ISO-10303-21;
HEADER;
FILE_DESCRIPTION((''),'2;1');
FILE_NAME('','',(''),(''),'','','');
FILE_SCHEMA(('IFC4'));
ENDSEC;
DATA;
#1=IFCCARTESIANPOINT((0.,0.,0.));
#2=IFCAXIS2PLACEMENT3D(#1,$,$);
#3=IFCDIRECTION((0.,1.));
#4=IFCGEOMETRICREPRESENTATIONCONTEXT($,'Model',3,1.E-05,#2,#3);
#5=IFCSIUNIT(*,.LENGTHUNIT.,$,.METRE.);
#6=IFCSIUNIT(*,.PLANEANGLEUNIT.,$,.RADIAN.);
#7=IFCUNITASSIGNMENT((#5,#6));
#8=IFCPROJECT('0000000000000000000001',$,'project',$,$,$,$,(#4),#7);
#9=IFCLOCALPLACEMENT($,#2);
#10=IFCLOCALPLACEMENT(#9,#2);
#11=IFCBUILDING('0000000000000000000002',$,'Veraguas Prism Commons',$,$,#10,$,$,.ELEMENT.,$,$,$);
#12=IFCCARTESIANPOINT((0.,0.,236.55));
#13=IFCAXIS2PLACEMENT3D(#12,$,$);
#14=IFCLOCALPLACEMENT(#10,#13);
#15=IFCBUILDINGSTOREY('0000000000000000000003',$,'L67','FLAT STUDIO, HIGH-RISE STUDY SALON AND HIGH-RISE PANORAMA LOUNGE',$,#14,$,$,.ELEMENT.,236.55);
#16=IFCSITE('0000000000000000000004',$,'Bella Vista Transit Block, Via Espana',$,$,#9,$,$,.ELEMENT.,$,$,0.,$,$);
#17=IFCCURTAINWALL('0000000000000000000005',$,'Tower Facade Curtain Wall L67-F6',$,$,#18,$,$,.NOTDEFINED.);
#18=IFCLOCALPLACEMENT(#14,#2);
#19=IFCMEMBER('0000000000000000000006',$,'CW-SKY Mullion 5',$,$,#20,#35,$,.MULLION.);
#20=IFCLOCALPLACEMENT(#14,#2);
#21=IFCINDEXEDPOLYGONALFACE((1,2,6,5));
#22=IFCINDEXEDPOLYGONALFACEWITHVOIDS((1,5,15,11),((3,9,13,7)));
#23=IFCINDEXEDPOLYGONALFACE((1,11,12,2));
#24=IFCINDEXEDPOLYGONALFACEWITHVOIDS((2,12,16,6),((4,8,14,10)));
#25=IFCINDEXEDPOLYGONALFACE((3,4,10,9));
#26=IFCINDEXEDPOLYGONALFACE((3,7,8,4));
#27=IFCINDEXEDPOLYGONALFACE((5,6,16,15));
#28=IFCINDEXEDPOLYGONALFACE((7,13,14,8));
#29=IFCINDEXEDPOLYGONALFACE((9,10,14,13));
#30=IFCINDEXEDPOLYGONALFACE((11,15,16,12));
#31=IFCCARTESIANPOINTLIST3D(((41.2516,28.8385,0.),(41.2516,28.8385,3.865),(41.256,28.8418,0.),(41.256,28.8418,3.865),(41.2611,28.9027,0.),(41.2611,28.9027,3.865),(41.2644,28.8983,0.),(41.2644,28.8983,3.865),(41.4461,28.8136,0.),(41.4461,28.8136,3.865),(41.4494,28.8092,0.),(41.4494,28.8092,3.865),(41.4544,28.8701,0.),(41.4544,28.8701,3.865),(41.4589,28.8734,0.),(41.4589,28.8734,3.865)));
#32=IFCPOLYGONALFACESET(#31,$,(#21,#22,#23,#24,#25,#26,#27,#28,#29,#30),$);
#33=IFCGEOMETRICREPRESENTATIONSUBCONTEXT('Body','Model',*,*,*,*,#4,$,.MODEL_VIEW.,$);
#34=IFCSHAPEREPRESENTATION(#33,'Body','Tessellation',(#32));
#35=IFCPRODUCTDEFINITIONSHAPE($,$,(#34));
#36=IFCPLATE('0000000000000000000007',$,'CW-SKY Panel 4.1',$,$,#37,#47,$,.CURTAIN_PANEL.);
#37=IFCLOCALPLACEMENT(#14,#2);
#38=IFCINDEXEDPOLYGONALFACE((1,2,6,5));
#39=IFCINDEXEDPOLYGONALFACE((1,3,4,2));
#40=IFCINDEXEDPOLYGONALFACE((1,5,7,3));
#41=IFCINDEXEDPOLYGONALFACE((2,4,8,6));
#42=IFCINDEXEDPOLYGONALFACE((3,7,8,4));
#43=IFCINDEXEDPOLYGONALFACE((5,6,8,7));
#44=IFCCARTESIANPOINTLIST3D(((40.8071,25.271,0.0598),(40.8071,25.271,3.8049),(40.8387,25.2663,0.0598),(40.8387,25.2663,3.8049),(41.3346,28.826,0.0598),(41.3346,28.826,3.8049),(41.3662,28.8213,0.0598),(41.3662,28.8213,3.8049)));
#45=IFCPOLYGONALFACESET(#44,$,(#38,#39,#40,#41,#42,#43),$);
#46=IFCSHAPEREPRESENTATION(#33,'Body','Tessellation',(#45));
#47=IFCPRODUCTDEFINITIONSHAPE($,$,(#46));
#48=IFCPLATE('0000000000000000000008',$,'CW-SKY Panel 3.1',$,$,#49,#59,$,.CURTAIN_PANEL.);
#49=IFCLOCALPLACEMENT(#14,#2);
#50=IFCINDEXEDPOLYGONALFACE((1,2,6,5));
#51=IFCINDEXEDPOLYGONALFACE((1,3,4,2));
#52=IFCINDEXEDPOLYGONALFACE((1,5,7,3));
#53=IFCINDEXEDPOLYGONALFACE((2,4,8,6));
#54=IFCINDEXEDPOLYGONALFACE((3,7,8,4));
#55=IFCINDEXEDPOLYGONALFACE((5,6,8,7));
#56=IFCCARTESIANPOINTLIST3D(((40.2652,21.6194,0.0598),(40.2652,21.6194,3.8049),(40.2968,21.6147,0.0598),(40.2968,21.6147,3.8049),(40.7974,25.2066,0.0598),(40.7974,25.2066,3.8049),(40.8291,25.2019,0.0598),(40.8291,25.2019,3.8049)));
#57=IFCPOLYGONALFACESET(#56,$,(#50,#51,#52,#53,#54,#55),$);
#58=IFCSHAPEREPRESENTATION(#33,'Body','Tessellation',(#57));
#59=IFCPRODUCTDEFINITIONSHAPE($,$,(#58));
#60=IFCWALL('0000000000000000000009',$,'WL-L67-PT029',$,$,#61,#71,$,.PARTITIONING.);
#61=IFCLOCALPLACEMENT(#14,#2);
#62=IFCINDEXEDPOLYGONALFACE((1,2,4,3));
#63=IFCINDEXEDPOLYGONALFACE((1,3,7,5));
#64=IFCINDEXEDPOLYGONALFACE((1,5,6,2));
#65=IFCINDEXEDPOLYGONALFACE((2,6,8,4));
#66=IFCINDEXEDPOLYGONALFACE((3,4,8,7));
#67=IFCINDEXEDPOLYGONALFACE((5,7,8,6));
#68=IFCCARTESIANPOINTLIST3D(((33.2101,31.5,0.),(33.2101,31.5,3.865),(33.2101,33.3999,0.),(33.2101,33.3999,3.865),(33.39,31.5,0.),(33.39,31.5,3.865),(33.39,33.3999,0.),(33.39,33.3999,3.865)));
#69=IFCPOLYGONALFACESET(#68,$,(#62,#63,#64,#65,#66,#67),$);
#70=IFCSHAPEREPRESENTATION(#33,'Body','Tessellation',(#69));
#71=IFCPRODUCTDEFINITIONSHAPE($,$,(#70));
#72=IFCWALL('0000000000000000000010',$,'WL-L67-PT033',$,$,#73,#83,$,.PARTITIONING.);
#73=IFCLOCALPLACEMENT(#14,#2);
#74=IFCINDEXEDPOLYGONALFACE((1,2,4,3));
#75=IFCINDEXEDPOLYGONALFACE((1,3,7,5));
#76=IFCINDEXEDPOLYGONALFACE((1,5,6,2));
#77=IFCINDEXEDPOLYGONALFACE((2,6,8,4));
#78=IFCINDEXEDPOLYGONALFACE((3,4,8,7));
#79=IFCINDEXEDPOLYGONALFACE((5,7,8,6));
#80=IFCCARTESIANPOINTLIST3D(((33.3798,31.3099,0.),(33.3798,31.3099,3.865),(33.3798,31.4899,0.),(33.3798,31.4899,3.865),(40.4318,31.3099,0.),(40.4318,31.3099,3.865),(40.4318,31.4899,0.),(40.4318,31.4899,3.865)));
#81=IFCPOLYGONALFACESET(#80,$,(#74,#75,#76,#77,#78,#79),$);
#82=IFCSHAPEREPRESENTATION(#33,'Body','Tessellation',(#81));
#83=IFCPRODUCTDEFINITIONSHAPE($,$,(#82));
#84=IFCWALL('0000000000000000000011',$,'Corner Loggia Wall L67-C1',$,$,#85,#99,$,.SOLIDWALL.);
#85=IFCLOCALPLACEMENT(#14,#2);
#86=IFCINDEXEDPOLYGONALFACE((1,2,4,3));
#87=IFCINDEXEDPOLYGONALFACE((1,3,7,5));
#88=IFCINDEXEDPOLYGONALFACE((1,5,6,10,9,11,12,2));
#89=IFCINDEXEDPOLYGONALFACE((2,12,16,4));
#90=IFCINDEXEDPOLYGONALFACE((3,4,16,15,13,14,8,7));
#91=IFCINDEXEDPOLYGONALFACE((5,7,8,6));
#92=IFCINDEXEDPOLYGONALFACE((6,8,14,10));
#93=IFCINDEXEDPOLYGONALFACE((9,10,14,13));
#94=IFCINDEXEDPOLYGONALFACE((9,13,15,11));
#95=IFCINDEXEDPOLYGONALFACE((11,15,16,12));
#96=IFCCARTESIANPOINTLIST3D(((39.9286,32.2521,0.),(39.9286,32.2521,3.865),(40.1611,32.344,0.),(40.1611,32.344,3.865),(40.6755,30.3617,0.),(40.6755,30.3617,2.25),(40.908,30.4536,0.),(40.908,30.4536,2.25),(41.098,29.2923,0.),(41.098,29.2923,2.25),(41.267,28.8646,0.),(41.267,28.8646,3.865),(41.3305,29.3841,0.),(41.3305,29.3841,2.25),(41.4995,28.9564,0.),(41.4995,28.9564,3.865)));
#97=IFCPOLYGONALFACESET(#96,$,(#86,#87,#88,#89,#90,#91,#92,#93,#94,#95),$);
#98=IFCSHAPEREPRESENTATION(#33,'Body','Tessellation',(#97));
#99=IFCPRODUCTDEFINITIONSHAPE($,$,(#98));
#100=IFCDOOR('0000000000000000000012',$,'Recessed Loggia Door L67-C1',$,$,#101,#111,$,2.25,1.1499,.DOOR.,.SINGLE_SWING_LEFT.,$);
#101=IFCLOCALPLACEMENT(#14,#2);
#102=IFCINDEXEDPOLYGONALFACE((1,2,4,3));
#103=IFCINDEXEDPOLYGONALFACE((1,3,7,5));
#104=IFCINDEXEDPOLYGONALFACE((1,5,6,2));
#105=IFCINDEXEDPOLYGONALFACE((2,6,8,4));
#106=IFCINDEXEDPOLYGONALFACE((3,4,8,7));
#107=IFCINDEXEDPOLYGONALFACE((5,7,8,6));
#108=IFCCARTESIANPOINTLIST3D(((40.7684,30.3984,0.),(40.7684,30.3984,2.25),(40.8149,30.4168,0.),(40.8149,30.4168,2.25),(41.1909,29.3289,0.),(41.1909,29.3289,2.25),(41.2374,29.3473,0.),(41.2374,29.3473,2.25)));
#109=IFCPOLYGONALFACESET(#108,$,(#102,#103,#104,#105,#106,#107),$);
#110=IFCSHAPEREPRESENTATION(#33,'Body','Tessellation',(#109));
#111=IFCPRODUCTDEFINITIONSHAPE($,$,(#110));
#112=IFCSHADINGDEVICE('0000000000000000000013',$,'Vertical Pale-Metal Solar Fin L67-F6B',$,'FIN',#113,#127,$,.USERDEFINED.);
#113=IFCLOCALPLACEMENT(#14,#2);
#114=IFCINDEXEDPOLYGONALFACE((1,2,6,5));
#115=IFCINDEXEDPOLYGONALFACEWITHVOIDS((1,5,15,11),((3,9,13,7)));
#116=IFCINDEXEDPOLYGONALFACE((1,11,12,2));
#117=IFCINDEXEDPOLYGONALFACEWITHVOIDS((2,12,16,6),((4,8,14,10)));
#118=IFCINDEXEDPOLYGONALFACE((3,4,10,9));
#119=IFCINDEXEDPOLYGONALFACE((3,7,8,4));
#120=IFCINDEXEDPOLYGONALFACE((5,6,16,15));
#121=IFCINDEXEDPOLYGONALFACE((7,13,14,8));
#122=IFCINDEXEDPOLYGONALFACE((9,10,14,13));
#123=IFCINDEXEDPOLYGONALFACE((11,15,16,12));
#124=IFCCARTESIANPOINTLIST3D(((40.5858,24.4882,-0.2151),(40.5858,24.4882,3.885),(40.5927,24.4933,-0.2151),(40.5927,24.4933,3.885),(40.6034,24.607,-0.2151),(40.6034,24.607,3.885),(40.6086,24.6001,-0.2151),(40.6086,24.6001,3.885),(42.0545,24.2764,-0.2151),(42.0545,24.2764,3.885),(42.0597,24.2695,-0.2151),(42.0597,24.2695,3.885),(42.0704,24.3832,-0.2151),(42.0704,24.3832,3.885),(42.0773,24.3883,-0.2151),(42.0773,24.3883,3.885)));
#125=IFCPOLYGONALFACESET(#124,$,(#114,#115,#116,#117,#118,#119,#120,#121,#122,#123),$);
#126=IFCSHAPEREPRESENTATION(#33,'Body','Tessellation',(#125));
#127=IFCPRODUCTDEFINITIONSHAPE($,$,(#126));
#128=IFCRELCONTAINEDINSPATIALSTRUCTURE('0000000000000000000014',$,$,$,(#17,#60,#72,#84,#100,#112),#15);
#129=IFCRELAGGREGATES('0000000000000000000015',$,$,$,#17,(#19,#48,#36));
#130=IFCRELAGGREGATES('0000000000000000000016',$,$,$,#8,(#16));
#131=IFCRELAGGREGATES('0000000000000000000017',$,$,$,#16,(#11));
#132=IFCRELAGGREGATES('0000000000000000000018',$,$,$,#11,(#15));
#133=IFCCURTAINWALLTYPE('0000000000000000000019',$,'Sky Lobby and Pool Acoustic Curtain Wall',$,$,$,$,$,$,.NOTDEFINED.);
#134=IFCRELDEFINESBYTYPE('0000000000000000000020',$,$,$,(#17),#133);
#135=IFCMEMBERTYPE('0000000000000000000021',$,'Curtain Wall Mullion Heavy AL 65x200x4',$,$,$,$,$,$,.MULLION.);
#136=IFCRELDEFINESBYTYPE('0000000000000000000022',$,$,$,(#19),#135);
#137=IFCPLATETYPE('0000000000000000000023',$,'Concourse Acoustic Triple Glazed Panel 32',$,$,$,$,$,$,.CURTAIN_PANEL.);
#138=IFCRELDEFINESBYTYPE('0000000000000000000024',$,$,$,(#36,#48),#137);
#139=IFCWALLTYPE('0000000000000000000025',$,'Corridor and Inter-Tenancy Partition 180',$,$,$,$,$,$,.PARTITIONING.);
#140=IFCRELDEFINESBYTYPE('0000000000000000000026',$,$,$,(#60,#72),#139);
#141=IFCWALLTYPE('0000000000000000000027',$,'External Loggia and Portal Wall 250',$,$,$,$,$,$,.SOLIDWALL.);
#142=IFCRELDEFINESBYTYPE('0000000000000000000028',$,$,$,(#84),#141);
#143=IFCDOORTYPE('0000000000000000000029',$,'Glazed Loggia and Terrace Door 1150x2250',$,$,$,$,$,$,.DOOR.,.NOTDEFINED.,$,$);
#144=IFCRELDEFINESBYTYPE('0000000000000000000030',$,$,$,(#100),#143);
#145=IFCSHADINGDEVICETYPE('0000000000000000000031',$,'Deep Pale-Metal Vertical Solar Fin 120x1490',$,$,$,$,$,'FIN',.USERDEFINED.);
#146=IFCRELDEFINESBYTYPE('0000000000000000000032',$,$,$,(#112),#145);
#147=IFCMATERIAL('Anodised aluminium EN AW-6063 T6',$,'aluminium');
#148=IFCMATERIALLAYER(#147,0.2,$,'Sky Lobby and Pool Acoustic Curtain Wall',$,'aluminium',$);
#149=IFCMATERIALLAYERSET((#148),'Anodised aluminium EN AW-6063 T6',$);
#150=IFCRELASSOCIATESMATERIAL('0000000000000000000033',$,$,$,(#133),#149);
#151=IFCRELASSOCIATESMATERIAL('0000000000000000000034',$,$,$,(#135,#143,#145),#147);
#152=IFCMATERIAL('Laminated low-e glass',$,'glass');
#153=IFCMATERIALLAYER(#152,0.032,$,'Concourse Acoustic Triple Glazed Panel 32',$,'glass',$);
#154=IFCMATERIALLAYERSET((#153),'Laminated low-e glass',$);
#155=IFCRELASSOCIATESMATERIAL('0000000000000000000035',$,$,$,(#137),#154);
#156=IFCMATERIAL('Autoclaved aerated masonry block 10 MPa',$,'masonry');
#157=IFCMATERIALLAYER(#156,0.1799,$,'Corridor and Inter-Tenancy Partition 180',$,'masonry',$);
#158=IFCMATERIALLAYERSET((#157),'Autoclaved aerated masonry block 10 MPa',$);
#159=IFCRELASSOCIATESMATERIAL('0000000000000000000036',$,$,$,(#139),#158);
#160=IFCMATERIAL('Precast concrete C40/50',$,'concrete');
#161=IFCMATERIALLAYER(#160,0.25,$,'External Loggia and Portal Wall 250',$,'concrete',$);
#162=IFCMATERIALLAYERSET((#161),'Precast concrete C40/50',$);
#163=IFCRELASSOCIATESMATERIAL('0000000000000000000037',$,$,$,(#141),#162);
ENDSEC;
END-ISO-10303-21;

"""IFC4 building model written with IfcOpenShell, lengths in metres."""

from ifc_helpers import new_model, si_unit, direction, frame, frame_2d, origin, origin_2d, place, context, subcontext, project, spatial, rectangle, hollow_rectangle, extrude, source, transform, mapped, material, layer, layer_set, material_profile, profile_set, type_object, element, fill, aggregate, save


model = new_model("IFC4")

# Units and contexts
model_context = context("Model", 3, precision=1e-05, world=origin(), true_north=direction((0.0, 1.0)))
body_context = subcontext(model_context, "Body", "Model", "MODEL_VIEW")
ifc_project = project(units=[si_unit("LENGTHUNIT", "METRE"), si_unit("PLANEANGLEUNIT", "RADIAN")], contexts=[model_context])

# Site, building, storey
site_placement = place(None, origin())
site = spatial("IfcSite", under=ifc_project, at=site_placement, Name="Bella Vista Transit Block, Via Espana", CompositionType="ELEMENT", RefElevation=0.0)
building_placement = place(site_placement, origin())
building = spatial("IfcBuilding", under=site, at=building_placement, Name="Veraguas Prism Commons", CompositionType="ELEMENT")
storey_placement = place(building_placement, frame((0.0, 0.0, 236.55)))
storey = spatial("IfcBuildingStorey", under=building, at=storey_placement, Name="L67", Description="FLAT STUDIO, HIGH-RISE STUDY SALON AND HIGH-RISE PANORAMA LOUNGE", CompositionType="ELEMENT", Elevation=236.55)

# Shared definitions
ifc_material_1 = material(Name="Anodised aluminium EN AW-6063 T6", Category="aluminium")
ifc_layer_1 = layer(ifc_material_1, 0.2, Name="Sky Lobby and Pool Acoustic Curtain Wall", Category="aluminium")
ifc_layer_set_1 = layer_set([ifc_layer_1], Name="Anodised aluminium EN AW-6063 T6")
curtain_wall_type = type_object("IfcCurtainWallType", Name="Sky Lobby and Pool Acoustic Curtain Wall", PredefinedType="NOTDEFINED", material=ifc_layer_set_1)
ifc_material_profile_1 = material_profile(ifc_material_1, hollow_rectangle(XDim=0.0649, YDim=0.2, WallThickness=0.0039, at=origin_2d()), Name="AL65X200X4")
ifc_profile_set_1 = profile_set([ifc_material_profile_1], Name="Anodised aluminium EN AW-6063 T6")
member_type = type_object("IfcMemberType", Name="Curtain Wall Mullion Heavy AL 65x200x4", PredefinedType="MULLION", material=ifc_profile_set_1)
shared_shape_1 = source(origin(), body_context, "Body", "SweptSolid", [
    extrude(hollow_rectangle(XDim=0.0649, YDim=0.2, WallThickness=0.0039, at=origin_2d()), origin(), (0.0, 0.0, 1.0), 3.865),
])

# Curtain wall, member, plates
curtain_wall_1_placement = place(storey_placement, origin())
curtain_wall_1 = element("IfcCurtainWall", 1, at=curtain_wall_1_placement, inside=storey, type_object=curtain_wall_type, Name="Tower Facade Curtain Wall L67-F6", PredefinedType="NOTDEFINED")
member_1_placement = place(storey_placement, frame((41.3552, 28.856, 0.0), z_axis=(0.0, 0.0, 1.0), x_axis=(0.146774, 0.98917, 0.0)))
member_1 = element("IfcMember", 2, at=member_1_placement, type_object=member_type, Name="CW-SKY Mullion 5", PredefinedType="MULLION", context=body_context, shape_type="MappedRepresentation", body=[
    mapped(shared_shape_1, transform((0.0, 0.0, 0.0), scale=1.0)),
])
ifc_material_2 = material(Name="Laminated low-e glass", Category="glass")
ifc_layer_2 = layer(ifc_material_2, 0.032, Name="Concourse Acoustic Triple Glazed Panel 32", Category="glass")
ifc_layer_set_2 = layer_set([ifc_layer_2], Name="Laminated low-e glass")
plate_type = type_object("IfcPlateType", Name="Concourse Acoustic Triple Glazed Panel 32", PredefinedType="CURTAIN_PANEL", material=ifc_layer_set_2)
shared_shape_2 = source(origin(), body_context, "Body", "SweptSolid", [
    extrude(rectangle(XDim=3.594, YDim=0.032, at=origin_2d()), origin(), (0.0, 0.0, 1.0), 3.7451),
])
plate_1_placement = place(storey_placement, frame((41.0867, 27.0461, 0.0598), z_axis=(0.0, 0.0, 1.0), x_axis=(0.146774, 0.98917, 0.0)))
plate_1 = element("IfcPlate", 3, at=plate_1_placement, type_object=plate_type, Name="CW-SKY Panel 4.1", PredefinedType="CURTAIN_PANEL", context=body_context, shape_type="MappedRepresentation", body=[
    mapped(shared_shape_2, transform((0.0, 0.0, 0.0), scale=1.0)),
])
shared_shape_3 = source(origin(), body_context, "Body", "SweptSolid", [
    extrude(rectangle(XDim=3.6265, YDim=0.032, at=origin_2d()), origin(), (0.0, 0.0, 1.0), 3.7451),
])
plate_2_placement = place(storey_placement, frame((40.5471, 23.4106, 0.0598), z_axis=(0.0, 0.0, 1.0), x_axis=(0.146774, 0.98917, 0.0)))
plate_2 = element("IfcPlate", 4, at=plate_2_placement, type_object=plate_type, Name="CW-SKY Panel 3.1", PredefinedType="CURTAIN_PANEL", context=body_context, shape_type="MappedRepresentation", body=[
    mapped(shared_shape_3, transform((0.0, 0.0, 0.0), scale=1.0)),
])
aggregate(curtain_wall_1, [member_1, plate_2, plate_1])

# Walls
ifc_material_3 = material(Name="Autoclaved aerated masonry block 10 MPa", Category="masonry")
ifc_layer_3 = layer(ifc_material_3, 0.1799, Name="Corridor and Inter-Tenancy Partition 180", Category="masonry")
ifc_layer_set_3 = layer_set([ifc_layer_3], Name="Autoclaved aerated masonry block 10 MPa")
wall_type_1 = type_object("IfcWallType", Name="Corridor and Inter-Tenancy Partition 180", PredefinedType="PARTITIONING", material=ifc_layer_set_3)
wall_1_placement = place(storey_placement, frame((33.3, 31.5, 0.0), z_axis=(0.0, 0.0, 1.0), x_axis=(0.0, 1.0, 0.0)))
element("IfcWall", 5, at=wall_1_placement, inside=storey, type_object=wall_type_1, Name="WL-L67-PT029", PredefinedType="PARTITIONING", context=body_context, shape_type="SweptSolid", body=[
    extrude(rectangle(XDim=1.8999, YDim=0.1799, at=frame_2d((0.95, 0.0))), origin(), (0.0, 0.0, 1.0), 3.865),
])
wall_2_placement = place(storey_placement, frame((33.3799, 31.3999, 0.0), z_axis=(0.0, 0.0, 1.0), x_axis=(1.0, 0.0, 0.0)))
element("IfcWall", 6, at=wall_2_placement, inside=storey, type_object=wall_type_1, Name="WL-L67-PT033", PredefinedType="PARTITIONING", context=body_context, shape_type="SweptSolid", body=[
    extrude(rectangle(XDim=7.052, YDim=0.1799, at=frame_2d((3.5259, 0.0))), origin(), (0.0, 0.0, 1.0), 3.865),
])

# Wall, opening, door
ifc_material_4 = material(Name="Precast concrete C40/50", Category="concrete")
ifc_layer_4 = layer(ifc_material_4, 0.25, Name="External Loggia and Portal Wall 250", Category="concrete")
ifc_layer_set_4 = layer_set([ifc_layer_4], Name="Precast concrete C40/50")
wall_type_2 = type_object("IfcWallType", Name="External Loggia and Portal Wall 250", PredefinedType="SOLIDWALL", material=ifc_layer_set_4)
wall_3_placement = place(storey_placement, frame((41.3833, 28.9104, 0.0), z_axis=(0.0, 0.0, 1.0), x_axis=(-0.367458, 0.93004, 0.0)))
wall_3 = element("IfcWall", 7, at=wall_3_placement, inside=storey, type_object=wall_type_2, Name="Corner Loggia Wall L67-C1", PredefinedType="SOLIDWALL", context=body_context, shape_type="SweptSolid", body=[
    extrude(rectangle(XDim=3.6423, YDim=0.25, at=frame_2d((1.8213, 0.0))), origin(), (0.0, 0.0, 1.0), 3.865),
])
opening_placement = place(wall_3_placement, frame((0.46, 0.0, 0.0)))
opening = element("IfcOpeningElement", 8, at=opening_placement, cuts=wall_3, PredefinedType="OPENING", context=body_context, shape_type="SweptSolid", body=[
    extrude(rectangle(XDim=1.1499, YDim=2.25, at=frame_2d((0.575, 1.125))), frame((0.0, 0.135, 0.0), z_axis=(0.0, -1.0, 0.0), x_axis=(1.0, 0.0, 0.0)), (0.0, 0.0, 1.0), 0.27),
])
door_type = type_object("IfcDoorType", Name="Glazed Loggia and Terrace Door 1150x2250", OperationType="NOTDEFINED", PredefinedType="DOOR", material=ifc_material_1)
shared_shape_4 = source(origin(), body_context, "Body", "SweptSolid", [
    extrude(rectangle(XDim=1.1499, YDim=2.25, at=frame_2d((0.575, 1.125))), frame((0.0, 0.0249, 0.0), z_axis=(0.0, -1.0, 0.0), x_axis=(1.0, 0.0, 0.0)), (0.0, 0.0, 1.0), 0.05),
])
door_placement = place(opening_placement, frame((1.1499, 0.0, 0.0), z_axis=(0.0, 0.0, 1.0), x_axis=(-1.0, 0.0, 0.0)))
door = element("IfcDoor", 9, at=door_placement, inside=storey, type_object=door_type, Name="Recessed Loggia Door L67-C1", OperationType="SINGLE_SWING_LEFT", OverallHeight=2.25, OverallWidth=1.1499, PredefinedType="DOOR", context=body_context, shape_type="MappedRepresentation", body=[
    mapped(shared_shape_4, transform((0.0, 0.0, 0.0), scale=1.0)),
])
fill(opening, door)

# Shading device
ifc_material_profile_2 = material_profile(ifc_material_1, hollow_rectangle(XDim=0.1201, YDim=1.49, WallThickness=0.0061, at=origin_2d()), Name="FIN120X1490X6")
ifc_profile_set_2 = profile_set([ifc_material_profile_2], Name="Anodised aluminium EN AW-6063 T6")
shading_device_type = type_object("IfcShadingDeviceType", Name="Deep Pale-Metal Vertical Solar Fin 120x1490", ElementType="FIN", PredefinedType="USERDEFINED", material=ifc_profile_set_2)
shading_device_placement = place(storey_placement, frame((41.3315, 24.4382, -0.2151), z_axis=(0.0, 0.0, 1.0), x_axis=(0.146772, 0.98917, 0.0)))
element("IfcShadingDevice", 10, at=shading_device_placement, inside=storey, type_object=shading_device_type, Name="Vertical Pale-Metal Solar Fin L67-F6B", ObjectType="FIN", PredefinedType="USERDEFINED", context=body_context, shape_type="SweptSolid", body=[
    extrude(hollow_rectangle(XDim=0.1201, YDim=1.49, WallThickness=0.0061, at=origin_2d()), origin(), (0.0, 0.0, 1.0), 4.1001),
])

save(model, "model.ifc")
